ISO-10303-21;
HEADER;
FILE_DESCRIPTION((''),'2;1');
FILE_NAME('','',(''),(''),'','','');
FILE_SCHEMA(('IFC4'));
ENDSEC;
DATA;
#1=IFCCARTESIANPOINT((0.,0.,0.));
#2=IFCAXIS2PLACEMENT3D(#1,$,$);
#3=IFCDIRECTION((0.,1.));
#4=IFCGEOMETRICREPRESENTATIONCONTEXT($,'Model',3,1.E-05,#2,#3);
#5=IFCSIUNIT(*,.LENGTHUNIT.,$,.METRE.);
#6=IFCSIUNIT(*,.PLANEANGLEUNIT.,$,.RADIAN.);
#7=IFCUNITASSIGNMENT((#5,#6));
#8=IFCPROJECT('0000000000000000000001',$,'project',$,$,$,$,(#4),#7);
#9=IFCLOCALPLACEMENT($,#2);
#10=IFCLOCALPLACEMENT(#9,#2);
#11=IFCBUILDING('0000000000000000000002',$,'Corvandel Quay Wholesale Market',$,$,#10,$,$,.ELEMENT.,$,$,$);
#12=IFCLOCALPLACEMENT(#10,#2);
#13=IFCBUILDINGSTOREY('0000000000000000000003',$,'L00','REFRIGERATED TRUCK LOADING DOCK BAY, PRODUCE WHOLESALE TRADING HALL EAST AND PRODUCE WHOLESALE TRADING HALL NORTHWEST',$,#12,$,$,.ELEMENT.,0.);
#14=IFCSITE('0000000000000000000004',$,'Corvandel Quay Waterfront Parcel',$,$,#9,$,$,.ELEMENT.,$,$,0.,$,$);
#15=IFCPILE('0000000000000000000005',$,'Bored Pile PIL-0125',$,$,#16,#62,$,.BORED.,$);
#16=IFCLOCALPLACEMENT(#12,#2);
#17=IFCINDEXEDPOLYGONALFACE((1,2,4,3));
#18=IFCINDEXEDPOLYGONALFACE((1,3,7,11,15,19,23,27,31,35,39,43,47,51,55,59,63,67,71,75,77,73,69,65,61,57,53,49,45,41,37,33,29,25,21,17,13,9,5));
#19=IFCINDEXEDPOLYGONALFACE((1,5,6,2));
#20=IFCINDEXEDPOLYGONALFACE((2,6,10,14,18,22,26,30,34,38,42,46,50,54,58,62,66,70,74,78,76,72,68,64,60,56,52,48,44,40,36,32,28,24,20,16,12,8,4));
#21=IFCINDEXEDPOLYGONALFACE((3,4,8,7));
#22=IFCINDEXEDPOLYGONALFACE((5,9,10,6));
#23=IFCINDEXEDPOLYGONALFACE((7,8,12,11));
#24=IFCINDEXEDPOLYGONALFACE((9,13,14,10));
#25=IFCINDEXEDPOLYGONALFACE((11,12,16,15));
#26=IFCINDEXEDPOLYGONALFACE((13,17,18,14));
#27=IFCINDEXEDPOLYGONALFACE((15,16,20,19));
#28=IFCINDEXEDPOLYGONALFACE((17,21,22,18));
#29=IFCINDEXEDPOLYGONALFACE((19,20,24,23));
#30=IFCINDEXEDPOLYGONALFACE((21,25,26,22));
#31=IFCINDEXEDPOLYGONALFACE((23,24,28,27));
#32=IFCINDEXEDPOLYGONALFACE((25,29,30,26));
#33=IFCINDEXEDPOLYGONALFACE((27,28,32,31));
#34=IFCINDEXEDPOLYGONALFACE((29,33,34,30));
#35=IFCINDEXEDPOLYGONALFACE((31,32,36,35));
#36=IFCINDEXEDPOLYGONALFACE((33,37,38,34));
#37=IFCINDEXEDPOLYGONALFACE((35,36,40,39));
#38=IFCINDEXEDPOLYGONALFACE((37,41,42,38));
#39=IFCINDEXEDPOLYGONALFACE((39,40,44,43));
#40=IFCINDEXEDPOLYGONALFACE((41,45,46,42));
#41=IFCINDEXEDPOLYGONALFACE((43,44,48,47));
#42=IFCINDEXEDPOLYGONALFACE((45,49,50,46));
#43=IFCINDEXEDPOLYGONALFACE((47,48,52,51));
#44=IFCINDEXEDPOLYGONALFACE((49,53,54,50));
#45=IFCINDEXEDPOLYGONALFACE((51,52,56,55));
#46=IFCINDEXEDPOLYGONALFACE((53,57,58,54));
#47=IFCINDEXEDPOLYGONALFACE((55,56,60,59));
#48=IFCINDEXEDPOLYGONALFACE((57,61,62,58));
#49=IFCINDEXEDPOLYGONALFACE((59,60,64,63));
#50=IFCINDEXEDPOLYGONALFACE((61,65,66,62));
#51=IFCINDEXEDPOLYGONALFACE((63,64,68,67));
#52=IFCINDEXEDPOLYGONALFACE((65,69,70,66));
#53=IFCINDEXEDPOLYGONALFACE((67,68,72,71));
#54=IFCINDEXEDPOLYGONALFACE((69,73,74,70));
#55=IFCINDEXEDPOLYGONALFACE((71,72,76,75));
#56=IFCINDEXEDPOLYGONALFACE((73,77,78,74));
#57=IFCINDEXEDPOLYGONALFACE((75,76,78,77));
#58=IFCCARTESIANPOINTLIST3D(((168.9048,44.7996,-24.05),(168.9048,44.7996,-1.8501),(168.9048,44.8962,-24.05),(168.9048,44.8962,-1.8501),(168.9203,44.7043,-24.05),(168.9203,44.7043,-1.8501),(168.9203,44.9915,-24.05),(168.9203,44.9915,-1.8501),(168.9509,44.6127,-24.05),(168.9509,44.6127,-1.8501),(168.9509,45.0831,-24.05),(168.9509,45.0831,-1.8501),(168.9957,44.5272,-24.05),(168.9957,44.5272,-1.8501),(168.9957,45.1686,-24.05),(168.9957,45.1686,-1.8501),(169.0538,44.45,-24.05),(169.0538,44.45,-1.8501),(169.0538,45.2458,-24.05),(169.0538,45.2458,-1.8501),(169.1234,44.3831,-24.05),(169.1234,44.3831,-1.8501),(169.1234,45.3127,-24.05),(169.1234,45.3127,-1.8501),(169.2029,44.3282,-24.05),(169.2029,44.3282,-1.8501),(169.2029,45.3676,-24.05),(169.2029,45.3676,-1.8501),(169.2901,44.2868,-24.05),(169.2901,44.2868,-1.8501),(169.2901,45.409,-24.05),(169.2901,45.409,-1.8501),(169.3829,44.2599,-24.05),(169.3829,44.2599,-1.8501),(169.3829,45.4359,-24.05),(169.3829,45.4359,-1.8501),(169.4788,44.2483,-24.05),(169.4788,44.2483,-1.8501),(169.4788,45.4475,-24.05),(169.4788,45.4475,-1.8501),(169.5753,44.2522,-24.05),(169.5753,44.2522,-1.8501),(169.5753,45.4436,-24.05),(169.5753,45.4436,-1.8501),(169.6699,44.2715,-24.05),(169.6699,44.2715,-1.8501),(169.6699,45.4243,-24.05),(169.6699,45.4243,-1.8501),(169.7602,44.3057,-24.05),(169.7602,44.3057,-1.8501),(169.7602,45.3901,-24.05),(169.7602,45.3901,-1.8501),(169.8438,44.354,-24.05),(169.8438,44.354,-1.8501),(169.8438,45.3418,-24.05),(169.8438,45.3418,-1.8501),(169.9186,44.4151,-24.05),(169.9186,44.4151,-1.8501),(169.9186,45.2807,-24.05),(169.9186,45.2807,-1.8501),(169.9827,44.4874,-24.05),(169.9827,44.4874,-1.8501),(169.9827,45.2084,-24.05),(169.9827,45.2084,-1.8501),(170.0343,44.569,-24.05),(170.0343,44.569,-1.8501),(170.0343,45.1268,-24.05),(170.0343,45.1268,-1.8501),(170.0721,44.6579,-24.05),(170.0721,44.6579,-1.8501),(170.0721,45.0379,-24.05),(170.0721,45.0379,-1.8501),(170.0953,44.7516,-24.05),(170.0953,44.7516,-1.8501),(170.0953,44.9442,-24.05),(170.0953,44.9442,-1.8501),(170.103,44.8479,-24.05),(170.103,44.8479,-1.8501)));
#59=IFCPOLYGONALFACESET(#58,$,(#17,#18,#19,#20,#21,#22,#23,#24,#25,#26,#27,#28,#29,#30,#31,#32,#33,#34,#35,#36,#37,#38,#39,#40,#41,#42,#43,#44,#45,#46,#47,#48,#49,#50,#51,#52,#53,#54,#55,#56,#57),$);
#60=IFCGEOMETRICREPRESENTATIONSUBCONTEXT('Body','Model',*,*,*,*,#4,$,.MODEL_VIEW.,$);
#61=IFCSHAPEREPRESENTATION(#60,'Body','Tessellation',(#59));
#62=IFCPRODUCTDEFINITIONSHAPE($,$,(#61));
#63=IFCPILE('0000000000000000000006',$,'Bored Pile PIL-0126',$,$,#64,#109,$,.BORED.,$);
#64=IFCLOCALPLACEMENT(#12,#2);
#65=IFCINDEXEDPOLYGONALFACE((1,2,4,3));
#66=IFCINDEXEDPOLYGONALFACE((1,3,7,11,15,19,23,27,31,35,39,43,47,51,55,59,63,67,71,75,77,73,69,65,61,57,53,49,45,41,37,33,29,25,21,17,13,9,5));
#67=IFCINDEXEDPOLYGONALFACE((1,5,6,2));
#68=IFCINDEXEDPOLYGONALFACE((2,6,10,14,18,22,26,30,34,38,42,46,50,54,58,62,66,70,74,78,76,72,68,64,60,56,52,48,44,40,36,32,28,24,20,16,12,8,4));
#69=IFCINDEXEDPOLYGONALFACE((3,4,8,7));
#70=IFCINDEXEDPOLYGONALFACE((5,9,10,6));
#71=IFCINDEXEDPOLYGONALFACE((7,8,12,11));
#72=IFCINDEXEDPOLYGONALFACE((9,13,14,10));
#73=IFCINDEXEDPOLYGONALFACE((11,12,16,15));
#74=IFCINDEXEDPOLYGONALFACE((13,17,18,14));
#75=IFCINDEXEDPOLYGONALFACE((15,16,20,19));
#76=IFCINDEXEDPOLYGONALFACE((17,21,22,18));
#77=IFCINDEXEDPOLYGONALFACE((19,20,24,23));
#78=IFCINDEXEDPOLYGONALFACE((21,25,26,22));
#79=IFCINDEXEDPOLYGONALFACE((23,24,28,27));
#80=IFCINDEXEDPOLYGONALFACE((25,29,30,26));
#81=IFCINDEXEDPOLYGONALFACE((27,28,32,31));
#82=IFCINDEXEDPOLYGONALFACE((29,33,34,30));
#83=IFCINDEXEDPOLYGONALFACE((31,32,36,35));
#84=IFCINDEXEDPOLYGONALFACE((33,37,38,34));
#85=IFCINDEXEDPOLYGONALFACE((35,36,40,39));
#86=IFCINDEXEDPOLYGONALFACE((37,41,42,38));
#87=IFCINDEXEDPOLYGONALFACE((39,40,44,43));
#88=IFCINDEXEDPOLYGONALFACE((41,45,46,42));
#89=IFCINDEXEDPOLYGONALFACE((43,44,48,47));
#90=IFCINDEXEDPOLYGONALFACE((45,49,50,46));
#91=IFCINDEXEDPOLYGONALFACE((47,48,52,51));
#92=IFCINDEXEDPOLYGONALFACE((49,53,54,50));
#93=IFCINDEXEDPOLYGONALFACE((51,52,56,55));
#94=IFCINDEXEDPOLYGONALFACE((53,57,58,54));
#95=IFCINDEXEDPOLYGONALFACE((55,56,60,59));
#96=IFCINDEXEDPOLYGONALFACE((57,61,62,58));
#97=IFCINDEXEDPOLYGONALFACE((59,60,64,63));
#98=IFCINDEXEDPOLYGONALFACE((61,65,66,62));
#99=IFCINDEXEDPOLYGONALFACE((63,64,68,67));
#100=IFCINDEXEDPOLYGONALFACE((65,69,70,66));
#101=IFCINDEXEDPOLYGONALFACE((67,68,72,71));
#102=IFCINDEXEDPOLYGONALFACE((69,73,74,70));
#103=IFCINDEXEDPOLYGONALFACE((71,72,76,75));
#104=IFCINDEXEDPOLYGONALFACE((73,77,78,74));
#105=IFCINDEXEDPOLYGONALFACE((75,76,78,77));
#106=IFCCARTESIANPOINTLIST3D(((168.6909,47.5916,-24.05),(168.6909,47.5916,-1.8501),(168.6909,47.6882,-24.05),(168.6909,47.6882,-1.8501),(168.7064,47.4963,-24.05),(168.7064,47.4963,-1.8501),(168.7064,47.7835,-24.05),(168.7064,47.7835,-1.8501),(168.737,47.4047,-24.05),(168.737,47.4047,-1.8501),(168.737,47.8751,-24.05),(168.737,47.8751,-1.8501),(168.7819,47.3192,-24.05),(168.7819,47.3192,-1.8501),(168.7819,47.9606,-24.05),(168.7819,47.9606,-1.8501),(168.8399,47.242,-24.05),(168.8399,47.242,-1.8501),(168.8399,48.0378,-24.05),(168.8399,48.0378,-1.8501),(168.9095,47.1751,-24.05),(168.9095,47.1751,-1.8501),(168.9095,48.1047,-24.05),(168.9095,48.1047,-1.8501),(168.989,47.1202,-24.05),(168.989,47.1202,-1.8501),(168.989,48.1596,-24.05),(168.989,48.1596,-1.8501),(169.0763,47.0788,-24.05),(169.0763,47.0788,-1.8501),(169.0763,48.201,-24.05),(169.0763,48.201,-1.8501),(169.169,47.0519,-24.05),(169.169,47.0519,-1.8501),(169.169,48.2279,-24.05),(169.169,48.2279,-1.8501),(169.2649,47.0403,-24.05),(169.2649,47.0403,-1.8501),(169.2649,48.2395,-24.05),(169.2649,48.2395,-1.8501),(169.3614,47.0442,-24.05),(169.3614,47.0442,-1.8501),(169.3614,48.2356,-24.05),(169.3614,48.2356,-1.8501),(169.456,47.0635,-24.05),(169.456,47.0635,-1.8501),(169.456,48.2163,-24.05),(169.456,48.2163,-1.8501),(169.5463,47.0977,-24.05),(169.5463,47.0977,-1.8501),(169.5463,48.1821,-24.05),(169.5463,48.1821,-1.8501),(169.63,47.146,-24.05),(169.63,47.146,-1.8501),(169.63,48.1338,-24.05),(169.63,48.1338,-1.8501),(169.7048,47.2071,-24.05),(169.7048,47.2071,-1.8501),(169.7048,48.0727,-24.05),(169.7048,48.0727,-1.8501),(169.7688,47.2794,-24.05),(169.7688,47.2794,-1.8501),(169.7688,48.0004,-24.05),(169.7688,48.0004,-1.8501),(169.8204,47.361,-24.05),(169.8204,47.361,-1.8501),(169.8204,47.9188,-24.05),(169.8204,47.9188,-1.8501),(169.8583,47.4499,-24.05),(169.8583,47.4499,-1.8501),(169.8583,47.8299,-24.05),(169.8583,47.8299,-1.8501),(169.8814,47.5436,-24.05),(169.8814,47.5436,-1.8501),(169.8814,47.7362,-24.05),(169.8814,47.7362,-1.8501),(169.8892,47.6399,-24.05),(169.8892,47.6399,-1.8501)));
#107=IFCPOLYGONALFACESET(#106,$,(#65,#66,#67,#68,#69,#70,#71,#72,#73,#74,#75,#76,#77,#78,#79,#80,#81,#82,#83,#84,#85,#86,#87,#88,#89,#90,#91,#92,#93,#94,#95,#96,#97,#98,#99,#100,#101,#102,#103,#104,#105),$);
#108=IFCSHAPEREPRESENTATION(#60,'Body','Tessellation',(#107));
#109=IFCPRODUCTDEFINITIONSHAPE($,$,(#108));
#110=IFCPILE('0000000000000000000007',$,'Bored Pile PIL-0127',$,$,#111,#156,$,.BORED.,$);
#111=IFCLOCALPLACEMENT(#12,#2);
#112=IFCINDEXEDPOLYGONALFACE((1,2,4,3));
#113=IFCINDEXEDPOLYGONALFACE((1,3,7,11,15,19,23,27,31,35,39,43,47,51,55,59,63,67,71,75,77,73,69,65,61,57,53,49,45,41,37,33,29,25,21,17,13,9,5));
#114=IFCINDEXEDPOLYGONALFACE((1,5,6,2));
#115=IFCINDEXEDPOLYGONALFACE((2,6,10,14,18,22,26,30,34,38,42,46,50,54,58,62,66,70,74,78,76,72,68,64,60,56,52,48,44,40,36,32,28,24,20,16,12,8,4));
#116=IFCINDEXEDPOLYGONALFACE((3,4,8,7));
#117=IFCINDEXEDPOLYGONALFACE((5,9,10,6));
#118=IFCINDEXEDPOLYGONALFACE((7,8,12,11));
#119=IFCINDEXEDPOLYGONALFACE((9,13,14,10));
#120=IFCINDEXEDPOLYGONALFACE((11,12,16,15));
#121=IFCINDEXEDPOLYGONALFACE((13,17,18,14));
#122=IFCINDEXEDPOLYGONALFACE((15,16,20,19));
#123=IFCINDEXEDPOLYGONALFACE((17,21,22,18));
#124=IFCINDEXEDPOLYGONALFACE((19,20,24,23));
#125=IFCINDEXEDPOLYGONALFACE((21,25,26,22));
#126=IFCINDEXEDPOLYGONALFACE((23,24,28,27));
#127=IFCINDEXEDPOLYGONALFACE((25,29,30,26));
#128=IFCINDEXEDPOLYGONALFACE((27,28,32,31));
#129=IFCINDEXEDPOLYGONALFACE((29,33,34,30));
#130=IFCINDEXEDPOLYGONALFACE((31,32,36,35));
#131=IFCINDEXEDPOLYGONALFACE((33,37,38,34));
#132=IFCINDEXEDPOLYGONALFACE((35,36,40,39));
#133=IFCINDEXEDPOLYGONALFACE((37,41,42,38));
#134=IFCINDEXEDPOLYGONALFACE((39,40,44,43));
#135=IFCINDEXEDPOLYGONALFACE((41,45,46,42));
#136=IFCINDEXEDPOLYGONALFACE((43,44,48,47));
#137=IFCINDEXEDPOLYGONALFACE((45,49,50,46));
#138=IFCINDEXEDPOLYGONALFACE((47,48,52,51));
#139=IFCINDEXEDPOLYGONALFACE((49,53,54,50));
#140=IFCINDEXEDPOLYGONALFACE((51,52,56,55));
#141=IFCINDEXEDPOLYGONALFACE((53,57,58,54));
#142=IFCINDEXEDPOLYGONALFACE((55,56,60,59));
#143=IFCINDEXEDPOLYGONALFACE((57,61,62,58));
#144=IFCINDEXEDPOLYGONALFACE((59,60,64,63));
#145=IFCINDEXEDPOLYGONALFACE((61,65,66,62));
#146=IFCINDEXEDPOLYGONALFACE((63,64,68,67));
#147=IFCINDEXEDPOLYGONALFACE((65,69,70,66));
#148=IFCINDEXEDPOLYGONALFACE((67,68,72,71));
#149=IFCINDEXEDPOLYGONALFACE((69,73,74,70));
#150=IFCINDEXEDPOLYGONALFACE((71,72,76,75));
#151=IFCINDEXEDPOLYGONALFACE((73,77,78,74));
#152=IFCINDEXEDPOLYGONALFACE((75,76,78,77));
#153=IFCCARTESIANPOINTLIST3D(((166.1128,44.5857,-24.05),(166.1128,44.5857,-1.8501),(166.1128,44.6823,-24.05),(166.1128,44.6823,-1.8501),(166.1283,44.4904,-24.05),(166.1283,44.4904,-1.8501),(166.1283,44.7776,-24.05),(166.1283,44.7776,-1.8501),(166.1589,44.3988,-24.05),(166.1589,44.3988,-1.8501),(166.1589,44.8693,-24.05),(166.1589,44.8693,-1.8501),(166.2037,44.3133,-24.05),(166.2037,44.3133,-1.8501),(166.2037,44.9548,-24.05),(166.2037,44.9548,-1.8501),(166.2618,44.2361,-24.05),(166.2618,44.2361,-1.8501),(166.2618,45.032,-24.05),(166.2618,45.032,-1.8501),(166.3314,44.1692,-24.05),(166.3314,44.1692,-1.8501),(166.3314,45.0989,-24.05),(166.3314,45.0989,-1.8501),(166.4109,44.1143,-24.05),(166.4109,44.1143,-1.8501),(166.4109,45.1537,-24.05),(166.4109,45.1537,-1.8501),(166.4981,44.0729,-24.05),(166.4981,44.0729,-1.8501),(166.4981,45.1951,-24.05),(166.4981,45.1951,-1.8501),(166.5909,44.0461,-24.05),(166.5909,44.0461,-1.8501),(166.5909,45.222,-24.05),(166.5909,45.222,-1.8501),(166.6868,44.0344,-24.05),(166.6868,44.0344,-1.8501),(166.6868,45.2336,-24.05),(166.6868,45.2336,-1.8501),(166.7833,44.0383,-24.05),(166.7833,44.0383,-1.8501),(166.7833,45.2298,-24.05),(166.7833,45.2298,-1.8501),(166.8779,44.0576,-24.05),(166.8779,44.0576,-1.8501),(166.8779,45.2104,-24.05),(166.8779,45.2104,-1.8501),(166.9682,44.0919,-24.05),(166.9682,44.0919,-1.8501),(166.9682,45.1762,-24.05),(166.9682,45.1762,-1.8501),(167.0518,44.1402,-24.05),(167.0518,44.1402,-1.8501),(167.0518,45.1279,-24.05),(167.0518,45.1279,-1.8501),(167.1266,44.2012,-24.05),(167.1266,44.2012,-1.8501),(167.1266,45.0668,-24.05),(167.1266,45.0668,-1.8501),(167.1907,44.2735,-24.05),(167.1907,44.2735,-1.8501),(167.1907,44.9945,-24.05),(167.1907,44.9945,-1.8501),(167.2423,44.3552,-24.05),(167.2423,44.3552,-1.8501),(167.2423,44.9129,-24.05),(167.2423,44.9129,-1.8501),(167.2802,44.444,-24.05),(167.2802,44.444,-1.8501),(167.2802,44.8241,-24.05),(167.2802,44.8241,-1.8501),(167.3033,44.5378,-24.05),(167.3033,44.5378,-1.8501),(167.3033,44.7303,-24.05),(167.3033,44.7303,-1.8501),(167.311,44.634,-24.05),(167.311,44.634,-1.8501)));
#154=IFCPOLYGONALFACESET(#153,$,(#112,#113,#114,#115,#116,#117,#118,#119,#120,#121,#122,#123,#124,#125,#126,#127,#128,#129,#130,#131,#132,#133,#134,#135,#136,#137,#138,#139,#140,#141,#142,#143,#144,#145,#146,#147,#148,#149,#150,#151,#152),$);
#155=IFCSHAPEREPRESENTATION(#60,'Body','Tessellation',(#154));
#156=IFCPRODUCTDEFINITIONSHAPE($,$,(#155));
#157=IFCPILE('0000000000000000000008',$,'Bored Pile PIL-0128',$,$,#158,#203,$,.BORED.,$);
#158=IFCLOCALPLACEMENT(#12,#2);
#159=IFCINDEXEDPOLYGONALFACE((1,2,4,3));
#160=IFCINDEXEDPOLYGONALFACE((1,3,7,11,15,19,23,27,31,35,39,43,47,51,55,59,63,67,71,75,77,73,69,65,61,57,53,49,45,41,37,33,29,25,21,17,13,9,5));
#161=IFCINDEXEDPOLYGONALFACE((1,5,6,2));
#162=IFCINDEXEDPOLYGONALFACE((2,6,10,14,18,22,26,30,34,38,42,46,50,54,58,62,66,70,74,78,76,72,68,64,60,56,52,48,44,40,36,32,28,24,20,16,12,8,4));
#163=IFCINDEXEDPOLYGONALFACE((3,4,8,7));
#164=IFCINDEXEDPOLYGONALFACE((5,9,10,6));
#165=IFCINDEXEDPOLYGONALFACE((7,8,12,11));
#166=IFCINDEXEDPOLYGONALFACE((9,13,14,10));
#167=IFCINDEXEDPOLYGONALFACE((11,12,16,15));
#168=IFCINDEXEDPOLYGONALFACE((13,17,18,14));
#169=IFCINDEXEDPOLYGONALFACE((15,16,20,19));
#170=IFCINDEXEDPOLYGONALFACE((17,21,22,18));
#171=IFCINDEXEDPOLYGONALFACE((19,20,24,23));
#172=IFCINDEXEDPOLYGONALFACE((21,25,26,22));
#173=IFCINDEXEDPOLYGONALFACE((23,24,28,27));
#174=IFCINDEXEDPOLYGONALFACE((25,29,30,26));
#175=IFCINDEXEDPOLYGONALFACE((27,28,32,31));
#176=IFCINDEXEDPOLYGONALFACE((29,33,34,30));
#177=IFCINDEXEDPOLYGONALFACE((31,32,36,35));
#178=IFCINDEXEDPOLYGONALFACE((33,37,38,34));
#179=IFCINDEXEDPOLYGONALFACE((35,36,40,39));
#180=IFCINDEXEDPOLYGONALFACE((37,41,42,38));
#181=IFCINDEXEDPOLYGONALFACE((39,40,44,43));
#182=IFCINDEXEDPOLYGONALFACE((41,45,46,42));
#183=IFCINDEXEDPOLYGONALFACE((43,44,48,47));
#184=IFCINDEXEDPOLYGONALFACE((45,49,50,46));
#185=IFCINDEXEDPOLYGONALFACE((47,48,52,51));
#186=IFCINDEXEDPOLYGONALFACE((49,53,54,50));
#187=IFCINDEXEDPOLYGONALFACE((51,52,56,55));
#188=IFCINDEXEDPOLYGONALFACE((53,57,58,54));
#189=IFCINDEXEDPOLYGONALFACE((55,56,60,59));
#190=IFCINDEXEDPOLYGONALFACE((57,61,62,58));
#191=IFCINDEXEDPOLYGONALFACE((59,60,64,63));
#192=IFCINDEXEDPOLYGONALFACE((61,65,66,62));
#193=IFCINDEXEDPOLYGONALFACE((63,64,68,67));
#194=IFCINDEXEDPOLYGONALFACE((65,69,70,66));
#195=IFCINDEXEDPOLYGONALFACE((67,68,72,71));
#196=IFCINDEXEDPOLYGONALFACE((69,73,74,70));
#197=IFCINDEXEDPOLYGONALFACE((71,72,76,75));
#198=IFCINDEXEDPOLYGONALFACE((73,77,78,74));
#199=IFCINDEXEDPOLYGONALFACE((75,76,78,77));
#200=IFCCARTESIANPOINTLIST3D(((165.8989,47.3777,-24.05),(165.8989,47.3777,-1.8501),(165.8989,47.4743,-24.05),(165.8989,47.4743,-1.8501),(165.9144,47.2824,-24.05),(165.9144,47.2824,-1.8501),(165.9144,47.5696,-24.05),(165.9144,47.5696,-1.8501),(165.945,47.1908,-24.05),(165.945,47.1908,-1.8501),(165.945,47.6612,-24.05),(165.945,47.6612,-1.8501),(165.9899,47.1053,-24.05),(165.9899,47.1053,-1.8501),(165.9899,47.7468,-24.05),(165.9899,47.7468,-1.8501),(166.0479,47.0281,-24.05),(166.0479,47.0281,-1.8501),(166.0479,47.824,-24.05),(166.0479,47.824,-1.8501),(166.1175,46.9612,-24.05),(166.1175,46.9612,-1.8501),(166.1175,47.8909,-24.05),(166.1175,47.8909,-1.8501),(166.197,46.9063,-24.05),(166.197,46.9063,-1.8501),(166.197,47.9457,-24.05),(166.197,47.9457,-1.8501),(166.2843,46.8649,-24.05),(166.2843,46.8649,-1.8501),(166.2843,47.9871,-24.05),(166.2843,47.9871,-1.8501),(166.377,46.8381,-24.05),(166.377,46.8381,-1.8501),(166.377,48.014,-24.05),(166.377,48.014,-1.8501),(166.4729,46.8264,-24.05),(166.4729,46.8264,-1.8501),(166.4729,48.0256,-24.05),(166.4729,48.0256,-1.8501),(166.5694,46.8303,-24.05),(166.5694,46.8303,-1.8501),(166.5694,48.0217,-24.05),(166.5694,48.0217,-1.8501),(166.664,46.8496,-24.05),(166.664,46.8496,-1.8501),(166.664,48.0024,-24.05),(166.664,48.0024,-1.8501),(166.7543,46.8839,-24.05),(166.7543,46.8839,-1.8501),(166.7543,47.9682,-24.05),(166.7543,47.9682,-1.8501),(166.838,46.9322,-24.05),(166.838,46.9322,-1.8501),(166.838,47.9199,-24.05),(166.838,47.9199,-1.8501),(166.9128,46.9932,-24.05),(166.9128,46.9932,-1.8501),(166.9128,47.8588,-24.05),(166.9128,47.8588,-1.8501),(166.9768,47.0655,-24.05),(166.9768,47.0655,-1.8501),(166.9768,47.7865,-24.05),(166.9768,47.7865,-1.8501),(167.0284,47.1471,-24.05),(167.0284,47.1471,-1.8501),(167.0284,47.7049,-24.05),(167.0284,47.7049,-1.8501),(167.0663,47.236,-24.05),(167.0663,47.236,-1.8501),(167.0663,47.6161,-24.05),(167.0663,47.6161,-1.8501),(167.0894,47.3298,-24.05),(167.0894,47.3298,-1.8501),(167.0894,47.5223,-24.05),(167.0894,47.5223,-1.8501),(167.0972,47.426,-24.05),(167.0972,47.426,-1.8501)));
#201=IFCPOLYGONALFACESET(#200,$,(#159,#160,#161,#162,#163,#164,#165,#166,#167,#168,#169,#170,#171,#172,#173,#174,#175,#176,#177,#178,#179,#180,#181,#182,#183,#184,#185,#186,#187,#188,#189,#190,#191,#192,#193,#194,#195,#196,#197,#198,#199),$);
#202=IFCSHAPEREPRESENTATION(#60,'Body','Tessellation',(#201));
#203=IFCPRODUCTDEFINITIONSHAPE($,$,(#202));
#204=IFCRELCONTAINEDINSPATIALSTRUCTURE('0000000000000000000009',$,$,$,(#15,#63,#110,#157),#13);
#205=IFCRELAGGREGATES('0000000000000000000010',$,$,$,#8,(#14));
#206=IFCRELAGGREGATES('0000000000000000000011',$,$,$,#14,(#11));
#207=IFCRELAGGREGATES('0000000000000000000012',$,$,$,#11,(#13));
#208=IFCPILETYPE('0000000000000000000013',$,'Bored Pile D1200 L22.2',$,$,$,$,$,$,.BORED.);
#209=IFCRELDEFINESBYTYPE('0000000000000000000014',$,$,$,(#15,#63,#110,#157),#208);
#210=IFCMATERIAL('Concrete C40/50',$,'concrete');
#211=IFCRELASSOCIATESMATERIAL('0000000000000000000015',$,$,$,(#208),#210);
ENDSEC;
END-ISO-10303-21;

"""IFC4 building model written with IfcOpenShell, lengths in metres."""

from ifc_helpers import new_model, si_unit, direction, frame, origin, origin_2d, place, context, subcontext, project, spatial, circle, extrude, material, material_profile, profile_set, type_object, element, save


model = new_model("IFC4")

# Units and contexts
model_context = context("Model", 3, precision=1e-05, world=origin(), true_north=direction((0.0, 1.0)))
body_context = subcontext(model_context, "Body", "Model", "MODEL_VIEW")
ifc_project = project(units=[si_unit("LENGTHUNIT", "METRE"), si_unit("PLANEANGLEUNIT", "RADIAN")], contexts=[model_context])

# Site, building, storey
site_placement = place(None, origin())
site = spatial("IfcSite", under=ifc_project, at=site_placement, Name="Corvandel Quay Waterfront Parcel", CompositionType="ELEMENT", RefElevation=0.0)
building_placement = place(site_placement, origin())
building = spatial("IfcBuilding", under=site, at=building_placement, Name="Corvandel Quay Wholesale Market", CompositionType="ELEMENT")
storey_placement = place(building_placement, origin())
storey = spatial("IfcBuildingStorey", under=building, at=storey_placement, Name="L00", Description="REFRIGERATED TRUCK LOADING DOCK BAY, PRODUCE WHOLESALE TRADING HALL EAST AND PRODUCE WHOLESALE TRADING HALL NORTHWEST", CompositionType="ELEMENT", Elevation=0.0)

# Piles
ifc_material_1 = material(Name="Concrete C40/50", Category="concrete")
ifc_material_profile_1 = material_profile(ifc_material_1, circle(Radius=0.6001, at=origin_2d()), Name="RC-PILE-D1200")
ifc_profile_set_1 = profile_set([ifc_material_profile_1], Name="Concrete C40/50")
pile_type = type_object("IfcPileType", Name="Bored Pile D1200 L22.2", PredefinedType="BORED", material=ifc_profile_set_1)
for number, where, z_axis, x_axis, name in (
    (1, (169.5029, 44.8479, -1.8501), (0.0, 0.0, -1.0), (1.0, 0.0, 0.0), "Bored Pile PIL-0125"),
    (2, (169.2891, 47.6399, -1.8501), (0.0, 0.0, -1.0), (1.0, 0.0, 0.0), "Bored Pile PIL-0126"),
    (3, (166.7109, 44.634, -1.8501), (0.0, 0.0, -1.0), (1.0, 0.0, 0.0), "Bored Pile PIL-0127"),
    (4, (166.4971, 47.426, -1.8501), (0.0, 0.0, -1.0), (1.0, 0.0, 0.0), "Bored Pile PIL-0128"),
):
    element("IfcPile", number, at=place(storey_placement, frame(where, z_axis=z_axis, x_axis=x_axis)), inside=storey, type_object=pile_type, Name=name, PredefinedType="BORED", context=body_context, shape_type="SweptSolid", body=[
        extrude(circle(Radius=0.6001, at=origin_2d()), origin(), (0.0, 0.0, 1.0), 22.2),
    ])

save(model, "model.ifc")
